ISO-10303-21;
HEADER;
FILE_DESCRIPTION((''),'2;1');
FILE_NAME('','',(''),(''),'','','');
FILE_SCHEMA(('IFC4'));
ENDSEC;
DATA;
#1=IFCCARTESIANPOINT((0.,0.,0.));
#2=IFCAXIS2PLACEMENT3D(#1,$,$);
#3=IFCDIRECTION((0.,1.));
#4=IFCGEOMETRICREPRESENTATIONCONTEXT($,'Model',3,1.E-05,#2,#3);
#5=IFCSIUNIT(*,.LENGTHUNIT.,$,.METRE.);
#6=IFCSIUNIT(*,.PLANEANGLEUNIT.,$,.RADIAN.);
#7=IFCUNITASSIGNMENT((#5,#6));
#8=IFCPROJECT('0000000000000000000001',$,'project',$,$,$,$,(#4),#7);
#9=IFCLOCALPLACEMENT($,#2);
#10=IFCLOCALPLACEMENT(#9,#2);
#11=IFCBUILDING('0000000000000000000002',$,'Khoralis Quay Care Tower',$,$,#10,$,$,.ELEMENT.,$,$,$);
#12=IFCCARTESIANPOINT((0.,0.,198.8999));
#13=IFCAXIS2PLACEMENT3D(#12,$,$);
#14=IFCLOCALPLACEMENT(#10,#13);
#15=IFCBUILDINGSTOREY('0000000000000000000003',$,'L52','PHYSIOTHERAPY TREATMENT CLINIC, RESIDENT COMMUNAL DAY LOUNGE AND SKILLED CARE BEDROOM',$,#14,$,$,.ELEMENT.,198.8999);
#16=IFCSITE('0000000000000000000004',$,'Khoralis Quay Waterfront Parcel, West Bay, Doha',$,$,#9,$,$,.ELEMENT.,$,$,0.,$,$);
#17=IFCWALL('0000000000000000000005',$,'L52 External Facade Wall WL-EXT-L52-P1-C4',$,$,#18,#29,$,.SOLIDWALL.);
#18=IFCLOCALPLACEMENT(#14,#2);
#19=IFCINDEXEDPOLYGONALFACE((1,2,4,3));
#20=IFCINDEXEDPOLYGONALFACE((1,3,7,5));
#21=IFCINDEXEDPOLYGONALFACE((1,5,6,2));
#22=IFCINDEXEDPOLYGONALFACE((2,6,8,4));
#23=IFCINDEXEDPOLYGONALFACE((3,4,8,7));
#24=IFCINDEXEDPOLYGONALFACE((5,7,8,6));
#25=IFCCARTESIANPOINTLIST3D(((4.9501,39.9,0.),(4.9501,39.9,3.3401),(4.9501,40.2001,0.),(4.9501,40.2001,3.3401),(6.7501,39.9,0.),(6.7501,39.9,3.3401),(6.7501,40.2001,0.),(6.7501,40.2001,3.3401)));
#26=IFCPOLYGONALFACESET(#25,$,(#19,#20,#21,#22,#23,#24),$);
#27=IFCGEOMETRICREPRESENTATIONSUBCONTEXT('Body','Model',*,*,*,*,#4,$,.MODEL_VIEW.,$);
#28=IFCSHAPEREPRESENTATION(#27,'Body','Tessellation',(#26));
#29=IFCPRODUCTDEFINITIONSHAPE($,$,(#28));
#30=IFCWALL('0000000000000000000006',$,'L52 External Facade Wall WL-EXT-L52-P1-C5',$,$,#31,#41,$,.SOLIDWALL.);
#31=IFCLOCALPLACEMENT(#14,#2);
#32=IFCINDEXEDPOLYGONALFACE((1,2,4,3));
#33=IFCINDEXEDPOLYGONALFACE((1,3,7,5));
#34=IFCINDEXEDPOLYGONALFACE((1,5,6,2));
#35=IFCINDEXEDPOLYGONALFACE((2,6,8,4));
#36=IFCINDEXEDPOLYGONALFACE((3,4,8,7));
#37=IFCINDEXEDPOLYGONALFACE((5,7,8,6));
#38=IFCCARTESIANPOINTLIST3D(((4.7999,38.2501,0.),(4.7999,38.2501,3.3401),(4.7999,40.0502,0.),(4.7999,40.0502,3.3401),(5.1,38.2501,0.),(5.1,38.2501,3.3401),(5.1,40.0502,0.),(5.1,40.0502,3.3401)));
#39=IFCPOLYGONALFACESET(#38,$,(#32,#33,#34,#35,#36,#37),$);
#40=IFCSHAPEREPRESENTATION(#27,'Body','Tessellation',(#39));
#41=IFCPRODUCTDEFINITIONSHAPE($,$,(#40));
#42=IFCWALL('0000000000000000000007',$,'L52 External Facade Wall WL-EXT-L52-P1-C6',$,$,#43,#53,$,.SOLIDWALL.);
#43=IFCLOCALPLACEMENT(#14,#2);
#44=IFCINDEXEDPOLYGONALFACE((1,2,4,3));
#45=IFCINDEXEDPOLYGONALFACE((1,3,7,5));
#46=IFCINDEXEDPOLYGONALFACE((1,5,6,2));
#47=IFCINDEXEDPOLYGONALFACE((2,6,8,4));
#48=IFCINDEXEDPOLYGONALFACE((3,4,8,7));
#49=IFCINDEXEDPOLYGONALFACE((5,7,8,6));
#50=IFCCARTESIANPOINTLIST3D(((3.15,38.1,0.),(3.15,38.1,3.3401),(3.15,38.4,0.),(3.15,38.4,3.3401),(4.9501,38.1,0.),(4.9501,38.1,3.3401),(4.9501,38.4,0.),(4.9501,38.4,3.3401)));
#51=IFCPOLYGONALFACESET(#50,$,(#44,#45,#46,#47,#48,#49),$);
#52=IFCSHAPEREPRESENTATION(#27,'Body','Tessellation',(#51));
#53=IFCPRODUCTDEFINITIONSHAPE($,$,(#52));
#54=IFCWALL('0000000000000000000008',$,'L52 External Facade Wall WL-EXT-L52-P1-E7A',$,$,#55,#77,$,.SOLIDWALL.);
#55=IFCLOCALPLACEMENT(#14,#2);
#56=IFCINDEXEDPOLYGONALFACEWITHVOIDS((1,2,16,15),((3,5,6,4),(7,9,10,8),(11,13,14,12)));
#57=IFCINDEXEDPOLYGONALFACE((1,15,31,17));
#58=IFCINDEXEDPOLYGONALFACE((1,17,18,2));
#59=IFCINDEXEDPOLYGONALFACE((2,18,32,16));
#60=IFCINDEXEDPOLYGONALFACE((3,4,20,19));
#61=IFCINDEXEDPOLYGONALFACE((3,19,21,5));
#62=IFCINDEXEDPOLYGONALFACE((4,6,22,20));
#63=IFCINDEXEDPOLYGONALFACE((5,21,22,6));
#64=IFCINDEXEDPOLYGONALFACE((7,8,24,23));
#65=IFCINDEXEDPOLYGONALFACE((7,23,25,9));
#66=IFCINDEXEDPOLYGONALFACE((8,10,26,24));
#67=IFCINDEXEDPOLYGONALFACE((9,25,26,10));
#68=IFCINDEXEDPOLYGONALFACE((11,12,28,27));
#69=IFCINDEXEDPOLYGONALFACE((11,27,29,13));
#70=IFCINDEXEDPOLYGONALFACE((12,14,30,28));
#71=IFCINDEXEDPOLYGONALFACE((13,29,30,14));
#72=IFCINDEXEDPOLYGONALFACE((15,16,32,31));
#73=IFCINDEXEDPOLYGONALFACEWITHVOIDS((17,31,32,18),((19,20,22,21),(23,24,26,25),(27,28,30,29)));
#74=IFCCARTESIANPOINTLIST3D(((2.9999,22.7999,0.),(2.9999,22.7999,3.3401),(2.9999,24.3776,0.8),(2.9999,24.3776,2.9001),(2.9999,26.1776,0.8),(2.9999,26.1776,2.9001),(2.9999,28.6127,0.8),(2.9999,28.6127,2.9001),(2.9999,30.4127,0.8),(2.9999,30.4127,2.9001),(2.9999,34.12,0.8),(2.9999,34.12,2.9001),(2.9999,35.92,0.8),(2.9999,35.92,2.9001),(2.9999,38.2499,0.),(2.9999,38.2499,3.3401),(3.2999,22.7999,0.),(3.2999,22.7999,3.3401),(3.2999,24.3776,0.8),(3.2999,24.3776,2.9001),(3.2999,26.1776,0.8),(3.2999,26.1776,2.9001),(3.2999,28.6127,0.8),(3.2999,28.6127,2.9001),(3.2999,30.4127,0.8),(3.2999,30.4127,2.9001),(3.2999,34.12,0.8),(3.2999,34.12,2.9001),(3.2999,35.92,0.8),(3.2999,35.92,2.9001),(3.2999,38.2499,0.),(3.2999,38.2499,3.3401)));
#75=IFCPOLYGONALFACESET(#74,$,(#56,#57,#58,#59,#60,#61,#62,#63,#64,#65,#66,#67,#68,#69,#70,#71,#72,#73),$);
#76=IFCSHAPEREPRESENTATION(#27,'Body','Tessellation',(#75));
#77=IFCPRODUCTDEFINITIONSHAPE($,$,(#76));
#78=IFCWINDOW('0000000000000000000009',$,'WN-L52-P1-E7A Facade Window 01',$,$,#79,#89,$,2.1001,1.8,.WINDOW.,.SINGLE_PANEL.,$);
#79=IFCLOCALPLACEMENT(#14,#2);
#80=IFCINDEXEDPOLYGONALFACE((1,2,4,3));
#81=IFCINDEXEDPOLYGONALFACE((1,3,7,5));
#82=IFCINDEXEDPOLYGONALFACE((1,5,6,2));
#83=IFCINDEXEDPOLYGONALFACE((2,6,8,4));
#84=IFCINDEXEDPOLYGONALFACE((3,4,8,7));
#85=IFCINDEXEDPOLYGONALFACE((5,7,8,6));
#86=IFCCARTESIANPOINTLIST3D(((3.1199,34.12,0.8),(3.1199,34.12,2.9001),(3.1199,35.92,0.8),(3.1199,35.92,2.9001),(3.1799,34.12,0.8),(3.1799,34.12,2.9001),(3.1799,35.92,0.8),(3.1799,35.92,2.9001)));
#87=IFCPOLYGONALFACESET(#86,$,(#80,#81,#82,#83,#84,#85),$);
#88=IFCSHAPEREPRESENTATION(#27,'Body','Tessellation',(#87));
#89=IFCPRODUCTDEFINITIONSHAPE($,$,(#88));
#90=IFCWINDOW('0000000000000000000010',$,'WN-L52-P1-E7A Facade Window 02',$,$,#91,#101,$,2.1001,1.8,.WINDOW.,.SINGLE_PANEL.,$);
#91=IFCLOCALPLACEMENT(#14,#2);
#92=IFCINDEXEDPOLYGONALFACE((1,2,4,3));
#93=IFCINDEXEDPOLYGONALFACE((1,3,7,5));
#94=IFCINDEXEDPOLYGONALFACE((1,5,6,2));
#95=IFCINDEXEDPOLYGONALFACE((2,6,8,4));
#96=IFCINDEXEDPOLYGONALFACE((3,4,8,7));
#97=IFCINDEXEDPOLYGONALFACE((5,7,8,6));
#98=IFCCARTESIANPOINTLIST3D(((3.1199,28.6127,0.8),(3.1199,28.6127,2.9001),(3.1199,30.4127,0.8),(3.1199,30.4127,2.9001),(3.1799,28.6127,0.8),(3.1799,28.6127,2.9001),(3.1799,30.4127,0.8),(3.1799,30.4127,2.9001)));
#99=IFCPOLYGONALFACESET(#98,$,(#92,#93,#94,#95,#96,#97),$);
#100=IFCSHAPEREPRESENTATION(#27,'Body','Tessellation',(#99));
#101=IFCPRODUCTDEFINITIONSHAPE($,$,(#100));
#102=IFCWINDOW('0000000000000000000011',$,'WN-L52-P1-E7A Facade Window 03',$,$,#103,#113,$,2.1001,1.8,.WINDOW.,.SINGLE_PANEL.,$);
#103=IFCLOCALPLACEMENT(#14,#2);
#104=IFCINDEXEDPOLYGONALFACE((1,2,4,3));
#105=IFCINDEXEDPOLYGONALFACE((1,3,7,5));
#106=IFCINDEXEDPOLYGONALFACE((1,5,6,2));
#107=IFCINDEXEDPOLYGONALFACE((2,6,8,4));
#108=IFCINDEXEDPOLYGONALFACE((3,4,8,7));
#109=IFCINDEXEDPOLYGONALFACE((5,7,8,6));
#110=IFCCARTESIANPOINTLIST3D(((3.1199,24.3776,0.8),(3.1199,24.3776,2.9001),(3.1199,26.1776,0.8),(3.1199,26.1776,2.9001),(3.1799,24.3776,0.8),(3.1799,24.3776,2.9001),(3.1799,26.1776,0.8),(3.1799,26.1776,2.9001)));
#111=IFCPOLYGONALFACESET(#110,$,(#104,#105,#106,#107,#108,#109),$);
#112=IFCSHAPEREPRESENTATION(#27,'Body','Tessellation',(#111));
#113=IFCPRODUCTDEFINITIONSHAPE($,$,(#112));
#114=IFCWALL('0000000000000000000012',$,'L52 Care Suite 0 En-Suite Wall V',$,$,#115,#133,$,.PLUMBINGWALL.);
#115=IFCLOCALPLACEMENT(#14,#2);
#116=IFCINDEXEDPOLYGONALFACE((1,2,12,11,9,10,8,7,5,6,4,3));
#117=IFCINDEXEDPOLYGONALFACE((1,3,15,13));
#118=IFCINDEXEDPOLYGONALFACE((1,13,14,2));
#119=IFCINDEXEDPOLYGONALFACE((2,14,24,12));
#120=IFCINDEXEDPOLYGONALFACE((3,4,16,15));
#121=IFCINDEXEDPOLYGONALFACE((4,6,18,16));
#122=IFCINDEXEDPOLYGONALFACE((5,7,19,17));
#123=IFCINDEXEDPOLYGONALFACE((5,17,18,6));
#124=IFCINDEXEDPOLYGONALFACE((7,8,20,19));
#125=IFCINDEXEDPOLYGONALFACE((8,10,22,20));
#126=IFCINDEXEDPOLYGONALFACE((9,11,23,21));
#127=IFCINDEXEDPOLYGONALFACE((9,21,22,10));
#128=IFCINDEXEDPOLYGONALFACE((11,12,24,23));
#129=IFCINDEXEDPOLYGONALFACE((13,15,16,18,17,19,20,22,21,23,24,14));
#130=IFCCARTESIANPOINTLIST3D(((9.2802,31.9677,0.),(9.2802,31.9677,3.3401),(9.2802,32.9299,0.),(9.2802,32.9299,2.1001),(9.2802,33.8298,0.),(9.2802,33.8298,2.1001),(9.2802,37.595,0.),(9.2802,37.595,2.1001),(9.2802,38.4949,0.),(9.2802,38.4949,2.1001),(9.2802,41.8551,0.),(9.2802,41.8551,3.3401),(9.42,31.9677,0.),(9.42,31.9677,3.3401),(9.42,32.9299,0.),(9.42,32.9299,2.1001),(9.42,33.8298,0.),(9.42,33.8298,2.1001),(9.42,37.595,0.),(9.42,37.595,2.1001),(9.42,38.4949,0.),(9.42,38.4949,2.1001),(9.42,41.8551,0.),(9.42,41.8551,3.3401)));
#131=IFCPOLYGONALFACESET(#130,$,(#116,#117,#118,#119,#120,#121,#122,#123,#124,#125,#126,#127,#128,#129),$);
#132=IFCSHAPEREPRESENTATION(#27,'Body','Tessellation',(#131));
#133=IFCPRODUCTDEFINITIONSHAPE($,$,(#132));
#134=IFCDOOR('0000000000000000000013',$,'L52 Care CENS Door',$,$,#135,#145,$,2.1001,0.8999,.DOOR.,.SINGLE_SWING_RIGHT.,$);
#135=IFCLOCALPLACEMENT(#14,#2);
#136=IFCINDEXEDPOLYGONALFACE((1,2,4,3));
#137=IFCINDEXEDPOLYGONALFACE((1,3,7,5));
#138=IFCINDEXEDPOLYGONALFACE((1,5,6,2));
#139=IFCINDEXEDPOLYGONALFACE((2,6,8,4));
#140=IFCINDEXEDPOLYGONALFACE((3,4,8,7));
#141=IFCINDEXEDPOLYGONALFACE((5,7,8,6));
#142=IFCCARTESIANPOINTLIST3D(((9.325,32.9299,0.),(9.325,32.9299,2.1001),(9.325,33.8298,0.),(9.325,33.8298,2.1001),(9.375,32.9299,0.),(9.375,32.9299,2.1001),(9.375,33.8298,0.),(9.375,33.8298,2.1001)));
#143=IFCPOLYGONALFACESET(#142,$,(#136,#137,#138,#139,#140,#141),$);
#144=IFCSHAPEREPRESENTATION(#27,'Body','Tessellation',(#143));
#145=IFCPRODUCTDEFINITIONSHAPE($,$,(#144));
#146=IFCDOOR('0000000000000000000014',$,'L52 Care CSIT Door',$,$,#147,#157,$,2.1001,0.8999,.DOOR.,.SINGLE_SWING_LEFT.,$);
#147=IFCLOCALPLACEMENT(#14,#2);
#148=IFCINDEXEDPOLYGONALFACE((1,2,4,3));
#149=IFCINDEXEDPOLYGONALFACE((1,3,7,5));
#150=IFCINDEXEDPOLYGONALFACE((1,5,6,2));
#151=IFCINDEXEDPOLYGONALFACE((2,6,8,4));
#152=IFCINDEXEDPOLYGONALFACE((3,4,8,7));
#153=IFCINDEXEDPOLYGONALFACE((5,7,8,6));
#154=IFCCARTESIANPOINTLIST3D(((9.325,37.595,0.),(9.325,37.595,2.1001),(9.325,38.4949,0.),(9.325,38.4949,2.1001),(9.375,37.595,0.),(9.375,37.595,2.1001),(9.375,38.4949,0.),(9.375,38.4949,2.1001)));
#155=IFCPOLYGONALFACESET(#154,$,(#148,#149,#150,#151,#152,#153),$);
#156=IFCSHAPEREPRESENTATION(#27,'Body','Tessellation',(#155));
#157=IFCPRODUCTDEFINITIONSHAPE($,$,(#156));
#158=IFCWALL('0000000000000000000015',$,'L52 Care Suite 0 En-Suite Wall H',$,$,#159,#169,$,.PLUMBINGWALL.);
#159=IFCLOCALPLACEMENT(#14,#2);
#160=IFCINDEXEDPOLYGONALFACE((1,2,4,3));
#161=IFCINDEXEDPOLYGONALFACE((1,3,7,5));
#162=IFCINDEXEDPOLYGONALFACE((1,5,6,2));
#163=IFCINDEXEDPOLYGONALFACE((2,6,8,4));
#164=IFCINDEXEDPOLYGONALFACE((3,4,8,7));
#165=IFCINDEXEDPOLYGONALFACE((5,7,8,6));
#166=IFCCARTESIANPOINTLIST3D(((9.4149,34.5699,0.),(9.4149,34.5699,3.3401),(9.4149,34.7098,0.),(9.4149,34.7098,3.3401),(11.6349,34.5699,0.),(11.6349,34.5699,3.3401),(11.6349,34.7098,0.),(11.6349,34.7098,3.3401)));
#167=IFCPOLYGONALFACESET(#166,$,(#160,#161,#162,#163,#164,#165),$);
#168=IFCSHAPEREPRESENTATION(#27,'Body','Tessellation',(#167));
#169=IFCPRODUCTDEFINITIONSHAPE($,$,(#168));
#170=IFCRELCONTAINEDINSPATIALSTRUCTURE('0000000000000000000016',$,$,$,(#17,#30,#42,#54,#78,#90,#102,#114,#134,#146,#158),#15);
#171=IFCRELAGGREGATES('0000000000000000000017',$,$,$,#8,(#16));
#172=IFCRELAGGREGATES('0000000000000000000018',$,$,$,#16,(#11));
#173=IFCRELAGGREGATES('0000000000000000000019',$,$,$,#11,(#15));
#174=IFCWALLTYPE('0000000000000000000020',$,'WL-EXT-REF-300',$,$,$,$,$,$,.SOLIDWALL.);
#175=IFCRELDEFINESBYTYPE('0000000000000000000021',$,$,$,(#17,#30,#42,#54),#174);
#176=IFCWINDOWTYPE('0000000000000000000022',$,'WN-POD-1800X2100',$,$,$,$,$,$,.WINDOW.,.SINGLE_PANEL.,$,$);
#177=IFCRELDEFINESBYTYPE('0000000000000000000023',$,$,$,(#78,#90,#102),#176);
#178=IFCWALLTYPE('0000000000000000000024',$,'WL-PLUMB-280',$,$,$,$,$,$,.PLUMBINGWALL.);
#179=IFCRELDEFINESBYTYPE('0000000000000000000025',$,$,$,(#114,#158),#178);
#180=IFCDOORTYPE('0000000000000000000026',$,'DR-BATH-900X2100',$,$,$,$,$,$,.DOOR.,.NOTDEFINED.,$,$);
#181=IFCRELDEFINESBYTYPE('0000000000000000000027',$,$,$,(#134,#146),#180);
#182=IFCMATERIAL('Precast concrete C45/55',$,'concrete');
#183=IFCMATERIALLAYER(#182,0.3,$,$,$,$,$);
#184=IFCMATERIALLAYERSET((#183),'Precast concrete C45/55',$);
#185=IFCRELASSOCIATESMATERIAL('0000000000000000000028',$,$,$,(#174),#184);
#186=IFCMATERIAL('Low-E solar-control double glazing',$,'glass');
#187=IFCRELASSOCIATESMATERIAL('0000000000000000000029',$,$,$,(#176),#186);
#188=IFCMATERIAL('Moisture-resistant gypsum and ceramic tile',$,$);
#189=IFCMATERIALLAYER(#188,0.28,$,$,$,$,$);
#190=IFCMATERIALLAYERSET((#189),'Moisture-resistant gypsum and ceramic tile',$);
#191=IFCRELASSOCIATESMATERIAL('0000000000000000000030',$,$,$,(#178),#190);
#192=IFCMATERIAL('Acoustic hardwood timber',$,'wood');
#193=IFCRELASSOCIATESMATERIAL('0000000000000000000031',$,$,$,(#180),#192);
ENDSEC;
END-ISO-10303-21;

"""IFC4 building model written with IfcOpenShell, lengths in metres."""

from ifc_helpers import new_model, si_unit, direction, frame, frame_2d, origin, place, context, subcontext, project, spatial, rectangle, extrude, source, transform, mapped, material, layer, layer_set, type_object, element, fill, save


model = new_model("IFC4")

# Units and contexts
model_context = context("Model", 3, precision=1e-05, world=origin(), true_north=direction((0.0, 1.0)))
body_context = subcontext(model_context, "Body", "Model", "MODEL_VIEW")
ifc_project = project(units=[si_unit("LENGTHUNIT", "METRE"), si_unit("PLANEANGLEUNIT", "RADIAN")], contexts=[model_context])

# Site, building, storey
site_placement = place(None, origin())
site = spatial("IfcSite", under=ifc_project, at=site_placement, Name="Khoralis Quay Waterfront Parcel, West Bay, Doha", CompositionType="ELEMENT", RefElevation=0.0)
building_placement = place(site_placement, origin())
building = spatial("IfcBuilding", under=site, at=building_placement, Name="Khoralis Quay Care Tower", CompositionType="ELEMENT")
storey_placement = place(building_placement, frame((0.0, 0.0, 198.8999)))
storey = spatial("IfcBuildingStorey", under=building, at=storey_placement, Name="L52", Description="PHYSIOTHERAPY TREATMENT CLINIC, RESIDENT COMMUNAL DAY LOUNGE AND SKILLED CARE BEDROOM", CompositionType="ELEMENT", Elevation=198.8999)

# Shared definitions
ifc_material_1 = material(Name="Acoustic hardwood timber", Category="wood")

# Walls
ifc_material_2 = material(Name="Precast concrete C45/55", Category="concrete")
ifc_layer_1 = layer(ifc_material_2, 0.3)
ifc_layer_set_1 = layer_set([ifc_layer_1], Name="Precast concrete C45/55")
wall_type_1 = type_object("IfcWallType", Name="WL-EXT-REF-300", PredefinedType="SOLIDWALL", material=ifc_layer_set_1)
for number, where, z_axis, x_axis, name in (
    (1, (6.75, 40.05, 0.0), (0.0, 0.0, 1.0), (-1.0, 0.0, 0.0), "L52 External Facade Wall WL-EXT-L52-P1-C4"),
    (2, (4.95, 40.05, 0.0), (0.0, 0.0, 1.0), (0.0, -1.0, 0.0), "L52 External Facade Wall WL-EXT-L52-P1-C5"),
    (3, (4.95, 38.25, 0.0), (0.0, 0.0, 1.0), (-1.0, 0.0, 0.0), "L52 External Facade Wall WL-EXT-L52-P1-C6"),
):
    element("IfcWall", number, at=place(storey_placement, frame(where, z_axis=z_axis, x_axis=x_axis)), inside=storey, type_object=wall_type_1, Name=name, PredefinedType="SOLIDWALL", context=body_context, shape_type="SweptSolid", body=[
        extrude(rectangle(XDim=1.8, YDim=0.3, at=frame_2d((0.8999, 0.0))), origin(), (0.0, 0.0, 1.0), 3.3401),
    ])

# Wall, openings, windows
wall_1_placement = place(storey_placement, frame((3.1499, 38.25, 0.0), z_axis=(0.0, 0.0, 1.0), x_axis=(0.0, -1.0, 0.0)))
wall_1 = element("IfcWall", 4, at=wall_1_placement, inside=storey, type_object=wall_type_1, Name="L52 External Facade Wall WL-EXT-L52-P1-E7A", PredefinedType="SOLIDWALL", context=body_context, shape_type="SweptSolid", body=[
    extrude(rectangle(XDim=15.45, YDim=0.3, at=frame_2d((7.7251, 0.0))), origin(), (0.0, 0.0, 1.0), 3.3401),
])
opening_1_placement = place(wall_1_placement, frame((2.3301, 0.0, 0.8)))
opening_1 = element("IfcOpeningElement", 5, at=opening_1_placement, cuts=wall_1, PredefinedType="OPENING", context=body_context, shape_type="SweptSolid", body=[
    extrude(rectangle(XDim=1.8, YDim=2.1001, at=frame_2d((0.8999, 1.05))), frame((0.0, 0.1602, 0.0), z_axis=(0.0, -1.0, 0.0), x_axis=(1.0, 0.0, 0.0)), (0.0, 0.0, 1.0), 0.3201),
])
opening_2_placement = place(wall_1_placement, frame((7.8374, 0.0, 0.8)))
opening_2 = element("IfcOpeningElement", 6, at=opening_2_placement, cuts=wall_1, PredefinedType="OPENING", context=body_context, shape_type="SweptSolid", body=[
    extrude(rectangle(XDim=1.8, YDim=2.1001, at=frame_2d((0.8999, 1.05))), frame((0.0, 0.1602, 0.0), z_axis=(0.0, -1.0, 0.0), x_axis=(1.0, 0.0, 0.0)), (0.0, 0.0, 1.0), 0.3201),
])
opening_3_placement = place(wall_1_placement, frame((12.0725, 0.0, 0.8)))
opening_3 = element("IfcOpeningElement", 7, at=opening_3_placement, cuts=wall_1, PredefinedType="OPENING", context=body_context, shape_type="SweptSolid", body=[
    extrude(rectangle(XDim=1.8, YDim=2.1001, at=frame_2d((0.8999, 1.05))), frame((0.0, 0.1602, 0.0), z_axis=(0.0, -1.0, 0.0), x_axis=(1.0, 0.0, 0.0)), (0.0, 0.0, 1.0), 0.3201),
])
ifc_material_3 = material(Name="Low-E solar-control double glazing", Category="glass")
window_type = type_object("IfcWindowType", Name="WN-POD-1800X2100", PartitioningType="SINGLE_PANEL", PredefinedType="WINDOW", material=ifc_material_3)
shared_shape_1 = source(origin(), body_context, "Body", "SweptSolid", [
    extrude(rectangle(XDim=1.8, YDim=2.1001, at=frame_2d((0.8999, 1.05))), frame((0.0, 0.03, 0.0), z_axis=(0.0, -1.0, 0.0), x_axis=(1.0, 0.0, 0.0)), (0.0, 0.0, 1.0), 0.0601),
])
window_1_placement = place(opening_1_placement, origin())
window_1 = element("IfcWindow", 8, at=window_1_placement, inside=storey, type_object=window_type, Name="WN-L52-P1-E7A Facade Window 01", OverallHeight=2.1001, OverallWidth=1.8, PartitioningType="SINGLE_PANEL", PredefinedType="WINDOW", context=body_context, shape_type="MappedRepresentation", body=[
    mapped(shared_shape_1, transform((0.0, 0.0, 0.0), scale=1.0)),
])
fill(opening_1, window_1)
window_2_placement = place(opening_2_placement, origin())
window_2 = element("IfcWindow", 9, at=window_2_placement, inside=storey, type_object=window_type, Name="WN-L52-P1-E7A Facade Window 02", OverallHeight=2.1001, OverallWidth=1.8, PartitioningType="SINGLE_PANEL", PredefinedType="WINDOW", context=body_context, shape_type="MappedRepresentation", body=[
    mapped(shared_shape_1, transform((0.0, 0.0, 0.0), scale=1.0)),
])
fill(opening_2, window_2)
window_3_placement = place(opening_3_placement, origin())
window_3 = element("IfcWindow", 10, at=window_3_placement, inside=storey, type_object=window_type, Name="WN-L52-P1-E7A Facade Window 03", OverallHeight=2.1001, OverallWidth=1.8, PartitioningType="SINGLE_PANEL", PredefinedType="WINDOW", context=body_context, shape_type="MappedRepresentation", body=[
    mapped(shared_shape_1, transform((0.0, 0.0, 0.0), scale=1.0)),
])
fill(opening_3, window_3)

# Wall, openings, doors
ifc_material_4 = material(Name="Moisture-resistant gypsum and ceramic tile")
ifc_layer_2 = layer(ifc_material_4, 0.28)
ifc_layer_set_2 = layer_set([ifc_layer_2], Name="Moisture-resistant gypsum and ceramic tile")
wall_type_2 = type_object("IfcWallType", Name="WL-PLUMB-280", PredefinedType="PLUMBINGWALL", material=ifc_layer_set_2)
wall_2_placement = place(storey_placement, frame((9.3501, 31.9675, 0.0), z_axis=(0.0, 0.0, 1.0), x_axis=(0.0, 1.0, 0.0)))
wall_2 = element("IfcWall", 11, at=wall_2_placement, inside=storey, type_object=wall_type_2, Name="L52 Care Suite 0 En-Suite Wall V", PredefinedType="PLUMBINGWALL", context=body_context, shape_type="SweptSolid", body=[
    extrude(rectangle(XDim=9.8875, YDim=0.1399, at=frame_2d((4.9438, 0.0))), origin(), (0.0, 0.0, 1.0), 3.3401),
])
opening_4_placement = place(wall_2_placement, frame((0.9624, 0.0, 0.0)))
opening_4 = element("IfcOpeningElement", 12, at=opening_4_placement, cuts=wall_2, PredefinedType="OPENING", context=body_context, shape_type="SweptSolid", body=[
    extrude(rectangle(XDim=0.8999, YDim=2.1001, at=frame_2d((0.45, 1.05))), frame((0.0, 0.0801, 0.0), z_axis=(0.0, -1.0, 0.0), x_axis=(1.0, 0.0, 0.0)), (0.0, 0.0, 1.0), 0.1599),
])
opening_5_placement = place(wall_2_placement, frame((5.6274, 0.0, 0.0)))
opening_5 = element("IfcOpeningElement", 13, at=opening_5_placement, cuts=wall_2, PredefinedType="OPENING", context=body_context, shape_type="SweptSolid", body=[
    extrude(rectangle(XDim=0.8999, YDim=2.1001, at=frame_2d((0.45, 1.05))), frame((0.0, 0.0801, 0.0), z_axis=(0.0, -1.0, 0.0), x_axis=(1.0, 0.0, 0.0)), (0.0, 0.0, 1.0), 0.1599),
])
door_type_1 = type_object("IfcDoorType", Name="DR-BATH-900X2100", OperationType="NOTDEFINED", PredefinedType="DOOR", material=ifc_material_1)
shared_shape_2 = source(origin(), body_context, "Body", "SweptSolid", [
    extrude(rectangle(XDim=0.8999, YDim=2.1001, at=frame_2d((0.45, 1.05))), frame((0.0, 0.0249, 0.0), z_axis=(0.0, -1.0, 0.0), x_axis=(1.0, 0.0, 0.0)), (0.0, 0.0, 1.0), 0.05),
])
door_1_placement = place(opening_4_placement, frame((0.8999, 0.0, 0.0), z_axis=(0.0, 0.0, 1.0), x_axis=(-1.0, 0.0, 0.0)))
door_1 = element("IfcDoor", 14, at=door_1_placement, inside=storey, type_object=door_type_1, Name="L52 Care CENS Door", OperationType="SINGLE_SWING_RIGHT", OverallHeight=2.1001, OverallWidth=0.8999, PredefinedType="DOOR", context=body_context, shape_type="MappedRepresentation", body=[
    mapped(shared_shape_2, transform((0.0, 0.0, 0.0), scale=1.0)),
])
fill(opening_4, door_1)
door_2_placement = place(opening_5_placement, frame((0.8999, 0.0, 0.0), z_axis=(0.0, 0.0, 1.0), x_axis=(-1.0, 0.0, 0.0)))
door_2 = element("IfcDoor", 15, at=door_2_placement, inside=storey, type_object=door_type_1, Name="L52 Care CSIT Door", OperationType="SINGLE_SWING_LEFT", OverallHeight=2.1001, OverallWidth=0.8999, PredefinedType="DOOR", context=body_context, shape_type="MappedRepresentation", body=[
    mapped(shared_shape_2, transform((0.0, 0.0, 0.0), scale=1.0)),
])
fill(opening_5, door_2)

# Wall
wall_3_placement = place(storey_placement, frame((9.415, 34.6399, 0.0), z_axis=(0.0, 0.0, 1.0), x_axis=(1.0, 0.0, 0.0)))
element("IfcWall", 16, at=wall_3_placement, inside=storey, type_object=wall_type_2, Name="L52 Care Suite 0 En-Suite Wall H", PredefinedType="PLUMBINGWALL", context=body_context, shape_type="SweptSolid", body=[
    extrude(rectangle(XDim=2.22, YDim=0.1399, at=frame_2d((1.1099, 0.0))), origin(), (0.0, 0.0, 1.0), 3.3401),
])

save(model, "model.ifc")
